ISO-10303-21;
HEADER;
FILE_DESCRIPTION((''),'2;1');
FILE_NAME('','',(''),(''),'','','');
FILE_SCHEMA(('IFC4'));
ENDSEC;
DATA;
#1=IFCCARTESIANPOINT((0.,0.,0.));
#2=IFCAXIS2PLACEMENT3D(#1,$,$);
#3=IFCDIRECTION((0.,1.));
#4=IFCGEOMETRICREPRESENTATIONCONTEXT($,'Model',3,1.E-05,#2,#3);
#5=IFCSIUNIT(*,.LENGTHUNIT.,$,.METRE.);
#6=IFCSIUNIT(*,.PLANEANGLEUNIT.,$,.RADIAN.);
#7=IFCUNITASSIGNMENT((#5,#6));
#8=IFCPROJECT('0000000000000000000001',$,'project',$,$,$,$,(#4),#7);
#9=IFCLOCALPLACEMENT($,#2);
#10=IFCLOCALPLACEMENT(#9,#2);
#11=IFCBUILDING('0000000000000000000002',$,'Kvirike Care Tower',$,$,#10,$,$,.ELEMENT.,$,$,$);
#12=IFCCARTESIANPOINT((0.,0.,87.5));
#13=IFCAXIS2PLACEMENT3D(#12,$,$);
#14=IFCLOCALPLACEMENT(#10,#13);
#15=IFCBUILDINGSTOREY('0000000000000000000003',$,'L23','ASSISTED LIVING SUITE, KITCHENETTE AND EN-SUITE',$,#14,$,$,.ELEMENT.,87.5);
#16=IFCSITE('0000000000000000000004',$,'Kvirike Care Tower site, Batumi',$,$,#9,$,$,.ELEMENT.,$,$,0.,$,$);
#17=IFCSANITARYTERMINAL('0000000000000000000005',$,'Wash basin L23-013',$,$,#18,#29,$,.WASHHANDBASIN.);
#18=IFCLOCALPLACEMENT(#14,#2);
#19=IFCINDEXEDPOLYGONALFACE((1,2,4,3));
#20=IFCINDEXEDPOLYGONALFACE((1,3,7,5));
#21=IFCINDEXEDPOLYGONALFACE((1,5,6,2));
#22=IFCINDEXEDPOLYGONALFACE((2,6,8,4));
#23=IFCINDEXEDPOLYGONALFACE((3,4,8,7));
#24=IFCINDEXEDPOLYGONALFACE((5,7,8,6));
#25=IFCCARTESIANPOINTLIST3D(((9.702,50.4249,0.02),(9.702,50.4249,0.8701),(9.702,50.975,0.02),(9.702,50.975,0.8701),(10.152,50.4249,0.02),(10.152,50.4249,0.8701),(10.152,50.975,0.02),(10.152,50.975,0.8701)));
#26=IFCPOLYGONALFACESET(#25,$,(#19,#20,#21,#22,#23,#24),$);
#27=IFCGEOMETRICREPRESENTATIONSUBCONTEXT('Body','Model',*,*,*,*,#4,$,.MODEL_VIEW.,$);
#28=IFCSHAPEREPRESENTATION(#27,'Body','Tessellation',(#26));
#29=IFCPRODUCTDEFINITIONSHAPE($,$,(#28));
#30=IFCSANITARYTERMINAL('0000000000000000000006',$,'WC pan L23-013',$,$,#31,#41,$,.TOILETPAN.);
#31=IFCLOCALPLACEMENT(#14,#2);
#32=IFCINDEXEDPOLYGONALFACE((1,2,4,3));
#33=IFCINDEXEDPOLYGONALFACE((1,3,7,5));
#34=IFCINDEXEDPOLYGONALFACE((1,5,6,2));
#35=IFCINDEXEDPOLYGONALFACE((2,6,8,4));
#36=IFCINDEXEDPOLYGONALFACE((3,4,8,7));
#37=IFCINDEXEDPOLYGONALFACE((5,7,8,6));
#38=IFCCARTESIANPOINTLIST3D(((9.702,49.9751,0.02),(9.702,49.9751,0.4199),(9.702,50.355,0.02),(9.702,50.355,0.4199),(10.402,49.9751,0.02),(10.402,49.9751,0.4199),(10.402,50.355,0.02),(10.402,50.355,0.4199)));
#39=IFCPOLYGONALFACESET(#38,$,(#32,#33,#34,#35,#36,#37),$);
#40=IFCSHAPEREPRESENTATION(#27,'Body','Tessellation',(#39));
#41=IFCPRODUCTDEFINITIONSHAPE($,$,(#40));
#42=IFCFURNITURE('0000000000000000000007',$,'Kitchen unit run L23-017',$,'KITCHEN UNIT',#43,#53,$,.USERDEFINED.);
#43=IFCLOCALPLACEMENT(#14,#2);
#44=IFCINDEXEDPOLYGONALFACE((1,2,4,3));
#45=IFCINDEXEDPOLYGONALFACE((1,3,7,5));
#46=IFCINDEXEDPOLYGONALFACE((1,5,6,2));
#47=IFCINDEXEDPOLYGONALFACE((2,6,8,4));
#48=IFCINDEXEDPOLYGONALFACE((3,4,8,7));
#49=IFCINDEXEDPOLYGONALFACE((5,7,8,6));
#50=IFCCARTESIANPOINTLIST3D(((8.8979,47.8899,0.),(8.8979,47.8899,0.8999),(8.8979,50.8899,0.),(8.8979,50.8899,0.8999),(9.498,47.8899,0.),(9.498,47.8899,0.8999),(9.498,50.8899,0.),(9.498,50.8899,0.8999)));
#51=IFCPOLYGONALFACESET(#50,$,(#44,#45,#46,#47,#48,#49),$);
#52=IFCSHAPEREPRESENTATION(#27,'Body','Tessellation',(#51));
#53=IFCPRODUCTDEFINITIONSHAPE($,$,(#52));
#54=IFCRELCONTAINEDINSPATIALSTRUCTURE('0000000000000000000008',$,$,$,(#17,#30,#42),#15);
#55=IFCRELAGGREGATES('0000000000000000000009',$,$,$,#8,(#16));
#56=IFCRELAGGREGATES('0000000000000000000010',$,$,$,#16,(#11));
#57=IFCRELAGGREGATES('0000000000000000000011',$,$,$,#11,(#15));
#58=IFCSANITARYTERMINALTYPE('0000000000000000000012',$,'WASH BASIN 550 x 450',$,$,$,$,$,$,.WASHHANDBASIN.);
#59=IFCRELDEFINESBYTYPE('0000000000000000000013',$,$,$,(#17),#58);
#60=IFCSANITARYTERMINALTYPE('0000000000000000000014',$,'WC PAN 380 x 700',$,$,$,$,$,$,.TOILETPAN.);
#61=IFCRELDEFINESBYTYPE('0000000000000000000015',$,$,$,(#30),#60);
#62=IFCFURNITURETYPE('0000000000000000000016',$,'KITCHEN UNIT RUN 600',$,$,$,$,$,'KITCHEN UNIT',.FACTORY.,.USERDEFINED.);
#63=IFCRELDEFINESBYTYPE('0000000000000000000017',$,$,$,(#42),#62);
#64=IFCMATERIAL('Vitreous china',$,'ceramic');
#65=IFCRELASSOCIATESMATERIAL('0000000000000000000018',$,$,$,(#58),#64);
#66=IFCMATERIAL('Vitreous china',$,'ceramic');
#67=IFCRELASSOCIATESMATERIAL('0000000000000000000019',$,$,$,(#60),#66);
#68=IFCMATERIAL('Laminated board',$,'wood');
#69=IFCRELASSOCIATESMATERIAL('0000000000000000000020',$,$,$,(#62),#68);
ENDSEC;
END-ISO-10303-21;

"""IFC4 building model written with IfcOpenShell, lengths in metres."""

from ifc_helpers import new_model, si_unit, direction, frame, origin, origin_2d, place, context, subcontext, project, spatial, rectangle, extrude, material, type_object, element, save


model = new_model("IFC4")

# Units and contexts
model_context = context("Model", 3, precision=1e-05, world=origin(), true_north=direction((0.0, 1.0)))
body_context = subcontext(model_context, "Body", "Model", "MODEL_VIEW")
ifc_project = project(units=[si_unit("LENGTHUNIT", "METRE"), si_unit("PLANEANGLEUNIT", "RADIAN")], contexts=[model_context])

# Site, building, storey
site_placement = place(None, origin())
site = spatial("IfcSite", under=ifc_project, at=site_placement, Name="Kvirike Care Tower site, Batumi", CompositionType="ELEMENT", RefElevation=0.0)
building_placement = place(site_placement, origin())
building = spatial("IfcBuilding", under=site, at=building_placement, Name="Kvirike Care Tower", CompositionType="ELEMENT")
storey_placement = place(building_placement, frame((0.0, 0.0, 87.5)))
storey = spatial("IfcBuildingStorey", under=building, at=storey_placement, Name="L23", Description="ASSISTED LIVING SUITE, KITCHENETTE AND EN-SUITE", CompositionType="ELEMENT", Elevation=87.5)

# Sanitary terminals
ifc_material_1 = material(Name="Vitreous china", Category="ceramic")
sanitary_terminal_type_1 = type_object("IfcSanitaryTerminalType", Name="WASH BASIN 550 x 450", PredefinedType="WASHHANDBASIN", material=ifc_material_1)
sanitary_terminal_1_placement = place(storey_placement, frame((9.927, 50.7, 0.02), z_axis=(0.0, 0.0, 1.0), x_axis=(0.0, 1.0, 0.0)))
element("IfcSanitaryTerminal", 1, at=sanitary_terminal_1_placement, inside=storey, type_object=sanitary_terminal_type_1, Name="Wash basin L23-013", PredefinedType="WASHHANDBASIN", context=body_context, shape_type="SweptSolid", body=[
    extrude(rectangle(XDim=0.55, YDim=0.45, at=origin_2d()), origin(), (0.0, 0.0, 1.0), 0.8501),
])
ifc_material_2 = material(Name="Vitreous china", Category="ceramic")
sanitary_terminal_type_2 = type_object("IfcSanitaryTerminalType", Name="WC PAN 380 x 700", PredefinedType="TOILETPAN", material=ifc_material_2)
sanitary_terminal_2_placement = place(storey_placement, frame((10.052, 50.165, 0.02), z_axis=(0.0, 0.0, 1.0), x_axis=(0.0, 1.0, 0.0)))
element("IfcSanitaryTerminal", 2, at=sanitary_terminal_2_placement, inside=storey, type_object=sanitary_terminal_type_2, Name="WC pan L23-013", PredefinedType="TOILETPAN", context=body_context, shape_type="SweptSolid", body=[
    extrude(rectangle(XDim=0.3799, YDim=0.7, at=origin_2d()), origin(), (0.0, 0.0, 1.0), 0.3999),
])

# Furniture
ifc_material_3 = material(Name="Laminated board", Category="wood")
furniture_type = type_object("IfcFurnitureType", Name="KITCHEN UNIT RUN 600", ElementType="KITCHEN UNIT", AssemblyPlace="FACTORY", PredefinedType="USERDEFINED", material=ifc_material_3)
furniture_placement = place(storey_placement, frame((9.198, 49.3899, 0.0), z_axis=(0.0, 0.0, 1.0), x_axis=(0.0, -1.0, 0.0)))
element("IfcFurniture", 3, at=furniture_placement, inside=storey, type_object=furniture_type, Name="Kitchen unit run L23-017", ObjectType="KITCHEN UNIT", PredefinedType="USERDEFINED", context=body_context, shape_type="SweptSolid", body=[
    extrude(rectangle(XDim=3.0, YDim=0.6001, at=origin_2d()), origin(), (0.0, 0.0, 1.0), 0.8999),
])

save(model, "model.ifc")
